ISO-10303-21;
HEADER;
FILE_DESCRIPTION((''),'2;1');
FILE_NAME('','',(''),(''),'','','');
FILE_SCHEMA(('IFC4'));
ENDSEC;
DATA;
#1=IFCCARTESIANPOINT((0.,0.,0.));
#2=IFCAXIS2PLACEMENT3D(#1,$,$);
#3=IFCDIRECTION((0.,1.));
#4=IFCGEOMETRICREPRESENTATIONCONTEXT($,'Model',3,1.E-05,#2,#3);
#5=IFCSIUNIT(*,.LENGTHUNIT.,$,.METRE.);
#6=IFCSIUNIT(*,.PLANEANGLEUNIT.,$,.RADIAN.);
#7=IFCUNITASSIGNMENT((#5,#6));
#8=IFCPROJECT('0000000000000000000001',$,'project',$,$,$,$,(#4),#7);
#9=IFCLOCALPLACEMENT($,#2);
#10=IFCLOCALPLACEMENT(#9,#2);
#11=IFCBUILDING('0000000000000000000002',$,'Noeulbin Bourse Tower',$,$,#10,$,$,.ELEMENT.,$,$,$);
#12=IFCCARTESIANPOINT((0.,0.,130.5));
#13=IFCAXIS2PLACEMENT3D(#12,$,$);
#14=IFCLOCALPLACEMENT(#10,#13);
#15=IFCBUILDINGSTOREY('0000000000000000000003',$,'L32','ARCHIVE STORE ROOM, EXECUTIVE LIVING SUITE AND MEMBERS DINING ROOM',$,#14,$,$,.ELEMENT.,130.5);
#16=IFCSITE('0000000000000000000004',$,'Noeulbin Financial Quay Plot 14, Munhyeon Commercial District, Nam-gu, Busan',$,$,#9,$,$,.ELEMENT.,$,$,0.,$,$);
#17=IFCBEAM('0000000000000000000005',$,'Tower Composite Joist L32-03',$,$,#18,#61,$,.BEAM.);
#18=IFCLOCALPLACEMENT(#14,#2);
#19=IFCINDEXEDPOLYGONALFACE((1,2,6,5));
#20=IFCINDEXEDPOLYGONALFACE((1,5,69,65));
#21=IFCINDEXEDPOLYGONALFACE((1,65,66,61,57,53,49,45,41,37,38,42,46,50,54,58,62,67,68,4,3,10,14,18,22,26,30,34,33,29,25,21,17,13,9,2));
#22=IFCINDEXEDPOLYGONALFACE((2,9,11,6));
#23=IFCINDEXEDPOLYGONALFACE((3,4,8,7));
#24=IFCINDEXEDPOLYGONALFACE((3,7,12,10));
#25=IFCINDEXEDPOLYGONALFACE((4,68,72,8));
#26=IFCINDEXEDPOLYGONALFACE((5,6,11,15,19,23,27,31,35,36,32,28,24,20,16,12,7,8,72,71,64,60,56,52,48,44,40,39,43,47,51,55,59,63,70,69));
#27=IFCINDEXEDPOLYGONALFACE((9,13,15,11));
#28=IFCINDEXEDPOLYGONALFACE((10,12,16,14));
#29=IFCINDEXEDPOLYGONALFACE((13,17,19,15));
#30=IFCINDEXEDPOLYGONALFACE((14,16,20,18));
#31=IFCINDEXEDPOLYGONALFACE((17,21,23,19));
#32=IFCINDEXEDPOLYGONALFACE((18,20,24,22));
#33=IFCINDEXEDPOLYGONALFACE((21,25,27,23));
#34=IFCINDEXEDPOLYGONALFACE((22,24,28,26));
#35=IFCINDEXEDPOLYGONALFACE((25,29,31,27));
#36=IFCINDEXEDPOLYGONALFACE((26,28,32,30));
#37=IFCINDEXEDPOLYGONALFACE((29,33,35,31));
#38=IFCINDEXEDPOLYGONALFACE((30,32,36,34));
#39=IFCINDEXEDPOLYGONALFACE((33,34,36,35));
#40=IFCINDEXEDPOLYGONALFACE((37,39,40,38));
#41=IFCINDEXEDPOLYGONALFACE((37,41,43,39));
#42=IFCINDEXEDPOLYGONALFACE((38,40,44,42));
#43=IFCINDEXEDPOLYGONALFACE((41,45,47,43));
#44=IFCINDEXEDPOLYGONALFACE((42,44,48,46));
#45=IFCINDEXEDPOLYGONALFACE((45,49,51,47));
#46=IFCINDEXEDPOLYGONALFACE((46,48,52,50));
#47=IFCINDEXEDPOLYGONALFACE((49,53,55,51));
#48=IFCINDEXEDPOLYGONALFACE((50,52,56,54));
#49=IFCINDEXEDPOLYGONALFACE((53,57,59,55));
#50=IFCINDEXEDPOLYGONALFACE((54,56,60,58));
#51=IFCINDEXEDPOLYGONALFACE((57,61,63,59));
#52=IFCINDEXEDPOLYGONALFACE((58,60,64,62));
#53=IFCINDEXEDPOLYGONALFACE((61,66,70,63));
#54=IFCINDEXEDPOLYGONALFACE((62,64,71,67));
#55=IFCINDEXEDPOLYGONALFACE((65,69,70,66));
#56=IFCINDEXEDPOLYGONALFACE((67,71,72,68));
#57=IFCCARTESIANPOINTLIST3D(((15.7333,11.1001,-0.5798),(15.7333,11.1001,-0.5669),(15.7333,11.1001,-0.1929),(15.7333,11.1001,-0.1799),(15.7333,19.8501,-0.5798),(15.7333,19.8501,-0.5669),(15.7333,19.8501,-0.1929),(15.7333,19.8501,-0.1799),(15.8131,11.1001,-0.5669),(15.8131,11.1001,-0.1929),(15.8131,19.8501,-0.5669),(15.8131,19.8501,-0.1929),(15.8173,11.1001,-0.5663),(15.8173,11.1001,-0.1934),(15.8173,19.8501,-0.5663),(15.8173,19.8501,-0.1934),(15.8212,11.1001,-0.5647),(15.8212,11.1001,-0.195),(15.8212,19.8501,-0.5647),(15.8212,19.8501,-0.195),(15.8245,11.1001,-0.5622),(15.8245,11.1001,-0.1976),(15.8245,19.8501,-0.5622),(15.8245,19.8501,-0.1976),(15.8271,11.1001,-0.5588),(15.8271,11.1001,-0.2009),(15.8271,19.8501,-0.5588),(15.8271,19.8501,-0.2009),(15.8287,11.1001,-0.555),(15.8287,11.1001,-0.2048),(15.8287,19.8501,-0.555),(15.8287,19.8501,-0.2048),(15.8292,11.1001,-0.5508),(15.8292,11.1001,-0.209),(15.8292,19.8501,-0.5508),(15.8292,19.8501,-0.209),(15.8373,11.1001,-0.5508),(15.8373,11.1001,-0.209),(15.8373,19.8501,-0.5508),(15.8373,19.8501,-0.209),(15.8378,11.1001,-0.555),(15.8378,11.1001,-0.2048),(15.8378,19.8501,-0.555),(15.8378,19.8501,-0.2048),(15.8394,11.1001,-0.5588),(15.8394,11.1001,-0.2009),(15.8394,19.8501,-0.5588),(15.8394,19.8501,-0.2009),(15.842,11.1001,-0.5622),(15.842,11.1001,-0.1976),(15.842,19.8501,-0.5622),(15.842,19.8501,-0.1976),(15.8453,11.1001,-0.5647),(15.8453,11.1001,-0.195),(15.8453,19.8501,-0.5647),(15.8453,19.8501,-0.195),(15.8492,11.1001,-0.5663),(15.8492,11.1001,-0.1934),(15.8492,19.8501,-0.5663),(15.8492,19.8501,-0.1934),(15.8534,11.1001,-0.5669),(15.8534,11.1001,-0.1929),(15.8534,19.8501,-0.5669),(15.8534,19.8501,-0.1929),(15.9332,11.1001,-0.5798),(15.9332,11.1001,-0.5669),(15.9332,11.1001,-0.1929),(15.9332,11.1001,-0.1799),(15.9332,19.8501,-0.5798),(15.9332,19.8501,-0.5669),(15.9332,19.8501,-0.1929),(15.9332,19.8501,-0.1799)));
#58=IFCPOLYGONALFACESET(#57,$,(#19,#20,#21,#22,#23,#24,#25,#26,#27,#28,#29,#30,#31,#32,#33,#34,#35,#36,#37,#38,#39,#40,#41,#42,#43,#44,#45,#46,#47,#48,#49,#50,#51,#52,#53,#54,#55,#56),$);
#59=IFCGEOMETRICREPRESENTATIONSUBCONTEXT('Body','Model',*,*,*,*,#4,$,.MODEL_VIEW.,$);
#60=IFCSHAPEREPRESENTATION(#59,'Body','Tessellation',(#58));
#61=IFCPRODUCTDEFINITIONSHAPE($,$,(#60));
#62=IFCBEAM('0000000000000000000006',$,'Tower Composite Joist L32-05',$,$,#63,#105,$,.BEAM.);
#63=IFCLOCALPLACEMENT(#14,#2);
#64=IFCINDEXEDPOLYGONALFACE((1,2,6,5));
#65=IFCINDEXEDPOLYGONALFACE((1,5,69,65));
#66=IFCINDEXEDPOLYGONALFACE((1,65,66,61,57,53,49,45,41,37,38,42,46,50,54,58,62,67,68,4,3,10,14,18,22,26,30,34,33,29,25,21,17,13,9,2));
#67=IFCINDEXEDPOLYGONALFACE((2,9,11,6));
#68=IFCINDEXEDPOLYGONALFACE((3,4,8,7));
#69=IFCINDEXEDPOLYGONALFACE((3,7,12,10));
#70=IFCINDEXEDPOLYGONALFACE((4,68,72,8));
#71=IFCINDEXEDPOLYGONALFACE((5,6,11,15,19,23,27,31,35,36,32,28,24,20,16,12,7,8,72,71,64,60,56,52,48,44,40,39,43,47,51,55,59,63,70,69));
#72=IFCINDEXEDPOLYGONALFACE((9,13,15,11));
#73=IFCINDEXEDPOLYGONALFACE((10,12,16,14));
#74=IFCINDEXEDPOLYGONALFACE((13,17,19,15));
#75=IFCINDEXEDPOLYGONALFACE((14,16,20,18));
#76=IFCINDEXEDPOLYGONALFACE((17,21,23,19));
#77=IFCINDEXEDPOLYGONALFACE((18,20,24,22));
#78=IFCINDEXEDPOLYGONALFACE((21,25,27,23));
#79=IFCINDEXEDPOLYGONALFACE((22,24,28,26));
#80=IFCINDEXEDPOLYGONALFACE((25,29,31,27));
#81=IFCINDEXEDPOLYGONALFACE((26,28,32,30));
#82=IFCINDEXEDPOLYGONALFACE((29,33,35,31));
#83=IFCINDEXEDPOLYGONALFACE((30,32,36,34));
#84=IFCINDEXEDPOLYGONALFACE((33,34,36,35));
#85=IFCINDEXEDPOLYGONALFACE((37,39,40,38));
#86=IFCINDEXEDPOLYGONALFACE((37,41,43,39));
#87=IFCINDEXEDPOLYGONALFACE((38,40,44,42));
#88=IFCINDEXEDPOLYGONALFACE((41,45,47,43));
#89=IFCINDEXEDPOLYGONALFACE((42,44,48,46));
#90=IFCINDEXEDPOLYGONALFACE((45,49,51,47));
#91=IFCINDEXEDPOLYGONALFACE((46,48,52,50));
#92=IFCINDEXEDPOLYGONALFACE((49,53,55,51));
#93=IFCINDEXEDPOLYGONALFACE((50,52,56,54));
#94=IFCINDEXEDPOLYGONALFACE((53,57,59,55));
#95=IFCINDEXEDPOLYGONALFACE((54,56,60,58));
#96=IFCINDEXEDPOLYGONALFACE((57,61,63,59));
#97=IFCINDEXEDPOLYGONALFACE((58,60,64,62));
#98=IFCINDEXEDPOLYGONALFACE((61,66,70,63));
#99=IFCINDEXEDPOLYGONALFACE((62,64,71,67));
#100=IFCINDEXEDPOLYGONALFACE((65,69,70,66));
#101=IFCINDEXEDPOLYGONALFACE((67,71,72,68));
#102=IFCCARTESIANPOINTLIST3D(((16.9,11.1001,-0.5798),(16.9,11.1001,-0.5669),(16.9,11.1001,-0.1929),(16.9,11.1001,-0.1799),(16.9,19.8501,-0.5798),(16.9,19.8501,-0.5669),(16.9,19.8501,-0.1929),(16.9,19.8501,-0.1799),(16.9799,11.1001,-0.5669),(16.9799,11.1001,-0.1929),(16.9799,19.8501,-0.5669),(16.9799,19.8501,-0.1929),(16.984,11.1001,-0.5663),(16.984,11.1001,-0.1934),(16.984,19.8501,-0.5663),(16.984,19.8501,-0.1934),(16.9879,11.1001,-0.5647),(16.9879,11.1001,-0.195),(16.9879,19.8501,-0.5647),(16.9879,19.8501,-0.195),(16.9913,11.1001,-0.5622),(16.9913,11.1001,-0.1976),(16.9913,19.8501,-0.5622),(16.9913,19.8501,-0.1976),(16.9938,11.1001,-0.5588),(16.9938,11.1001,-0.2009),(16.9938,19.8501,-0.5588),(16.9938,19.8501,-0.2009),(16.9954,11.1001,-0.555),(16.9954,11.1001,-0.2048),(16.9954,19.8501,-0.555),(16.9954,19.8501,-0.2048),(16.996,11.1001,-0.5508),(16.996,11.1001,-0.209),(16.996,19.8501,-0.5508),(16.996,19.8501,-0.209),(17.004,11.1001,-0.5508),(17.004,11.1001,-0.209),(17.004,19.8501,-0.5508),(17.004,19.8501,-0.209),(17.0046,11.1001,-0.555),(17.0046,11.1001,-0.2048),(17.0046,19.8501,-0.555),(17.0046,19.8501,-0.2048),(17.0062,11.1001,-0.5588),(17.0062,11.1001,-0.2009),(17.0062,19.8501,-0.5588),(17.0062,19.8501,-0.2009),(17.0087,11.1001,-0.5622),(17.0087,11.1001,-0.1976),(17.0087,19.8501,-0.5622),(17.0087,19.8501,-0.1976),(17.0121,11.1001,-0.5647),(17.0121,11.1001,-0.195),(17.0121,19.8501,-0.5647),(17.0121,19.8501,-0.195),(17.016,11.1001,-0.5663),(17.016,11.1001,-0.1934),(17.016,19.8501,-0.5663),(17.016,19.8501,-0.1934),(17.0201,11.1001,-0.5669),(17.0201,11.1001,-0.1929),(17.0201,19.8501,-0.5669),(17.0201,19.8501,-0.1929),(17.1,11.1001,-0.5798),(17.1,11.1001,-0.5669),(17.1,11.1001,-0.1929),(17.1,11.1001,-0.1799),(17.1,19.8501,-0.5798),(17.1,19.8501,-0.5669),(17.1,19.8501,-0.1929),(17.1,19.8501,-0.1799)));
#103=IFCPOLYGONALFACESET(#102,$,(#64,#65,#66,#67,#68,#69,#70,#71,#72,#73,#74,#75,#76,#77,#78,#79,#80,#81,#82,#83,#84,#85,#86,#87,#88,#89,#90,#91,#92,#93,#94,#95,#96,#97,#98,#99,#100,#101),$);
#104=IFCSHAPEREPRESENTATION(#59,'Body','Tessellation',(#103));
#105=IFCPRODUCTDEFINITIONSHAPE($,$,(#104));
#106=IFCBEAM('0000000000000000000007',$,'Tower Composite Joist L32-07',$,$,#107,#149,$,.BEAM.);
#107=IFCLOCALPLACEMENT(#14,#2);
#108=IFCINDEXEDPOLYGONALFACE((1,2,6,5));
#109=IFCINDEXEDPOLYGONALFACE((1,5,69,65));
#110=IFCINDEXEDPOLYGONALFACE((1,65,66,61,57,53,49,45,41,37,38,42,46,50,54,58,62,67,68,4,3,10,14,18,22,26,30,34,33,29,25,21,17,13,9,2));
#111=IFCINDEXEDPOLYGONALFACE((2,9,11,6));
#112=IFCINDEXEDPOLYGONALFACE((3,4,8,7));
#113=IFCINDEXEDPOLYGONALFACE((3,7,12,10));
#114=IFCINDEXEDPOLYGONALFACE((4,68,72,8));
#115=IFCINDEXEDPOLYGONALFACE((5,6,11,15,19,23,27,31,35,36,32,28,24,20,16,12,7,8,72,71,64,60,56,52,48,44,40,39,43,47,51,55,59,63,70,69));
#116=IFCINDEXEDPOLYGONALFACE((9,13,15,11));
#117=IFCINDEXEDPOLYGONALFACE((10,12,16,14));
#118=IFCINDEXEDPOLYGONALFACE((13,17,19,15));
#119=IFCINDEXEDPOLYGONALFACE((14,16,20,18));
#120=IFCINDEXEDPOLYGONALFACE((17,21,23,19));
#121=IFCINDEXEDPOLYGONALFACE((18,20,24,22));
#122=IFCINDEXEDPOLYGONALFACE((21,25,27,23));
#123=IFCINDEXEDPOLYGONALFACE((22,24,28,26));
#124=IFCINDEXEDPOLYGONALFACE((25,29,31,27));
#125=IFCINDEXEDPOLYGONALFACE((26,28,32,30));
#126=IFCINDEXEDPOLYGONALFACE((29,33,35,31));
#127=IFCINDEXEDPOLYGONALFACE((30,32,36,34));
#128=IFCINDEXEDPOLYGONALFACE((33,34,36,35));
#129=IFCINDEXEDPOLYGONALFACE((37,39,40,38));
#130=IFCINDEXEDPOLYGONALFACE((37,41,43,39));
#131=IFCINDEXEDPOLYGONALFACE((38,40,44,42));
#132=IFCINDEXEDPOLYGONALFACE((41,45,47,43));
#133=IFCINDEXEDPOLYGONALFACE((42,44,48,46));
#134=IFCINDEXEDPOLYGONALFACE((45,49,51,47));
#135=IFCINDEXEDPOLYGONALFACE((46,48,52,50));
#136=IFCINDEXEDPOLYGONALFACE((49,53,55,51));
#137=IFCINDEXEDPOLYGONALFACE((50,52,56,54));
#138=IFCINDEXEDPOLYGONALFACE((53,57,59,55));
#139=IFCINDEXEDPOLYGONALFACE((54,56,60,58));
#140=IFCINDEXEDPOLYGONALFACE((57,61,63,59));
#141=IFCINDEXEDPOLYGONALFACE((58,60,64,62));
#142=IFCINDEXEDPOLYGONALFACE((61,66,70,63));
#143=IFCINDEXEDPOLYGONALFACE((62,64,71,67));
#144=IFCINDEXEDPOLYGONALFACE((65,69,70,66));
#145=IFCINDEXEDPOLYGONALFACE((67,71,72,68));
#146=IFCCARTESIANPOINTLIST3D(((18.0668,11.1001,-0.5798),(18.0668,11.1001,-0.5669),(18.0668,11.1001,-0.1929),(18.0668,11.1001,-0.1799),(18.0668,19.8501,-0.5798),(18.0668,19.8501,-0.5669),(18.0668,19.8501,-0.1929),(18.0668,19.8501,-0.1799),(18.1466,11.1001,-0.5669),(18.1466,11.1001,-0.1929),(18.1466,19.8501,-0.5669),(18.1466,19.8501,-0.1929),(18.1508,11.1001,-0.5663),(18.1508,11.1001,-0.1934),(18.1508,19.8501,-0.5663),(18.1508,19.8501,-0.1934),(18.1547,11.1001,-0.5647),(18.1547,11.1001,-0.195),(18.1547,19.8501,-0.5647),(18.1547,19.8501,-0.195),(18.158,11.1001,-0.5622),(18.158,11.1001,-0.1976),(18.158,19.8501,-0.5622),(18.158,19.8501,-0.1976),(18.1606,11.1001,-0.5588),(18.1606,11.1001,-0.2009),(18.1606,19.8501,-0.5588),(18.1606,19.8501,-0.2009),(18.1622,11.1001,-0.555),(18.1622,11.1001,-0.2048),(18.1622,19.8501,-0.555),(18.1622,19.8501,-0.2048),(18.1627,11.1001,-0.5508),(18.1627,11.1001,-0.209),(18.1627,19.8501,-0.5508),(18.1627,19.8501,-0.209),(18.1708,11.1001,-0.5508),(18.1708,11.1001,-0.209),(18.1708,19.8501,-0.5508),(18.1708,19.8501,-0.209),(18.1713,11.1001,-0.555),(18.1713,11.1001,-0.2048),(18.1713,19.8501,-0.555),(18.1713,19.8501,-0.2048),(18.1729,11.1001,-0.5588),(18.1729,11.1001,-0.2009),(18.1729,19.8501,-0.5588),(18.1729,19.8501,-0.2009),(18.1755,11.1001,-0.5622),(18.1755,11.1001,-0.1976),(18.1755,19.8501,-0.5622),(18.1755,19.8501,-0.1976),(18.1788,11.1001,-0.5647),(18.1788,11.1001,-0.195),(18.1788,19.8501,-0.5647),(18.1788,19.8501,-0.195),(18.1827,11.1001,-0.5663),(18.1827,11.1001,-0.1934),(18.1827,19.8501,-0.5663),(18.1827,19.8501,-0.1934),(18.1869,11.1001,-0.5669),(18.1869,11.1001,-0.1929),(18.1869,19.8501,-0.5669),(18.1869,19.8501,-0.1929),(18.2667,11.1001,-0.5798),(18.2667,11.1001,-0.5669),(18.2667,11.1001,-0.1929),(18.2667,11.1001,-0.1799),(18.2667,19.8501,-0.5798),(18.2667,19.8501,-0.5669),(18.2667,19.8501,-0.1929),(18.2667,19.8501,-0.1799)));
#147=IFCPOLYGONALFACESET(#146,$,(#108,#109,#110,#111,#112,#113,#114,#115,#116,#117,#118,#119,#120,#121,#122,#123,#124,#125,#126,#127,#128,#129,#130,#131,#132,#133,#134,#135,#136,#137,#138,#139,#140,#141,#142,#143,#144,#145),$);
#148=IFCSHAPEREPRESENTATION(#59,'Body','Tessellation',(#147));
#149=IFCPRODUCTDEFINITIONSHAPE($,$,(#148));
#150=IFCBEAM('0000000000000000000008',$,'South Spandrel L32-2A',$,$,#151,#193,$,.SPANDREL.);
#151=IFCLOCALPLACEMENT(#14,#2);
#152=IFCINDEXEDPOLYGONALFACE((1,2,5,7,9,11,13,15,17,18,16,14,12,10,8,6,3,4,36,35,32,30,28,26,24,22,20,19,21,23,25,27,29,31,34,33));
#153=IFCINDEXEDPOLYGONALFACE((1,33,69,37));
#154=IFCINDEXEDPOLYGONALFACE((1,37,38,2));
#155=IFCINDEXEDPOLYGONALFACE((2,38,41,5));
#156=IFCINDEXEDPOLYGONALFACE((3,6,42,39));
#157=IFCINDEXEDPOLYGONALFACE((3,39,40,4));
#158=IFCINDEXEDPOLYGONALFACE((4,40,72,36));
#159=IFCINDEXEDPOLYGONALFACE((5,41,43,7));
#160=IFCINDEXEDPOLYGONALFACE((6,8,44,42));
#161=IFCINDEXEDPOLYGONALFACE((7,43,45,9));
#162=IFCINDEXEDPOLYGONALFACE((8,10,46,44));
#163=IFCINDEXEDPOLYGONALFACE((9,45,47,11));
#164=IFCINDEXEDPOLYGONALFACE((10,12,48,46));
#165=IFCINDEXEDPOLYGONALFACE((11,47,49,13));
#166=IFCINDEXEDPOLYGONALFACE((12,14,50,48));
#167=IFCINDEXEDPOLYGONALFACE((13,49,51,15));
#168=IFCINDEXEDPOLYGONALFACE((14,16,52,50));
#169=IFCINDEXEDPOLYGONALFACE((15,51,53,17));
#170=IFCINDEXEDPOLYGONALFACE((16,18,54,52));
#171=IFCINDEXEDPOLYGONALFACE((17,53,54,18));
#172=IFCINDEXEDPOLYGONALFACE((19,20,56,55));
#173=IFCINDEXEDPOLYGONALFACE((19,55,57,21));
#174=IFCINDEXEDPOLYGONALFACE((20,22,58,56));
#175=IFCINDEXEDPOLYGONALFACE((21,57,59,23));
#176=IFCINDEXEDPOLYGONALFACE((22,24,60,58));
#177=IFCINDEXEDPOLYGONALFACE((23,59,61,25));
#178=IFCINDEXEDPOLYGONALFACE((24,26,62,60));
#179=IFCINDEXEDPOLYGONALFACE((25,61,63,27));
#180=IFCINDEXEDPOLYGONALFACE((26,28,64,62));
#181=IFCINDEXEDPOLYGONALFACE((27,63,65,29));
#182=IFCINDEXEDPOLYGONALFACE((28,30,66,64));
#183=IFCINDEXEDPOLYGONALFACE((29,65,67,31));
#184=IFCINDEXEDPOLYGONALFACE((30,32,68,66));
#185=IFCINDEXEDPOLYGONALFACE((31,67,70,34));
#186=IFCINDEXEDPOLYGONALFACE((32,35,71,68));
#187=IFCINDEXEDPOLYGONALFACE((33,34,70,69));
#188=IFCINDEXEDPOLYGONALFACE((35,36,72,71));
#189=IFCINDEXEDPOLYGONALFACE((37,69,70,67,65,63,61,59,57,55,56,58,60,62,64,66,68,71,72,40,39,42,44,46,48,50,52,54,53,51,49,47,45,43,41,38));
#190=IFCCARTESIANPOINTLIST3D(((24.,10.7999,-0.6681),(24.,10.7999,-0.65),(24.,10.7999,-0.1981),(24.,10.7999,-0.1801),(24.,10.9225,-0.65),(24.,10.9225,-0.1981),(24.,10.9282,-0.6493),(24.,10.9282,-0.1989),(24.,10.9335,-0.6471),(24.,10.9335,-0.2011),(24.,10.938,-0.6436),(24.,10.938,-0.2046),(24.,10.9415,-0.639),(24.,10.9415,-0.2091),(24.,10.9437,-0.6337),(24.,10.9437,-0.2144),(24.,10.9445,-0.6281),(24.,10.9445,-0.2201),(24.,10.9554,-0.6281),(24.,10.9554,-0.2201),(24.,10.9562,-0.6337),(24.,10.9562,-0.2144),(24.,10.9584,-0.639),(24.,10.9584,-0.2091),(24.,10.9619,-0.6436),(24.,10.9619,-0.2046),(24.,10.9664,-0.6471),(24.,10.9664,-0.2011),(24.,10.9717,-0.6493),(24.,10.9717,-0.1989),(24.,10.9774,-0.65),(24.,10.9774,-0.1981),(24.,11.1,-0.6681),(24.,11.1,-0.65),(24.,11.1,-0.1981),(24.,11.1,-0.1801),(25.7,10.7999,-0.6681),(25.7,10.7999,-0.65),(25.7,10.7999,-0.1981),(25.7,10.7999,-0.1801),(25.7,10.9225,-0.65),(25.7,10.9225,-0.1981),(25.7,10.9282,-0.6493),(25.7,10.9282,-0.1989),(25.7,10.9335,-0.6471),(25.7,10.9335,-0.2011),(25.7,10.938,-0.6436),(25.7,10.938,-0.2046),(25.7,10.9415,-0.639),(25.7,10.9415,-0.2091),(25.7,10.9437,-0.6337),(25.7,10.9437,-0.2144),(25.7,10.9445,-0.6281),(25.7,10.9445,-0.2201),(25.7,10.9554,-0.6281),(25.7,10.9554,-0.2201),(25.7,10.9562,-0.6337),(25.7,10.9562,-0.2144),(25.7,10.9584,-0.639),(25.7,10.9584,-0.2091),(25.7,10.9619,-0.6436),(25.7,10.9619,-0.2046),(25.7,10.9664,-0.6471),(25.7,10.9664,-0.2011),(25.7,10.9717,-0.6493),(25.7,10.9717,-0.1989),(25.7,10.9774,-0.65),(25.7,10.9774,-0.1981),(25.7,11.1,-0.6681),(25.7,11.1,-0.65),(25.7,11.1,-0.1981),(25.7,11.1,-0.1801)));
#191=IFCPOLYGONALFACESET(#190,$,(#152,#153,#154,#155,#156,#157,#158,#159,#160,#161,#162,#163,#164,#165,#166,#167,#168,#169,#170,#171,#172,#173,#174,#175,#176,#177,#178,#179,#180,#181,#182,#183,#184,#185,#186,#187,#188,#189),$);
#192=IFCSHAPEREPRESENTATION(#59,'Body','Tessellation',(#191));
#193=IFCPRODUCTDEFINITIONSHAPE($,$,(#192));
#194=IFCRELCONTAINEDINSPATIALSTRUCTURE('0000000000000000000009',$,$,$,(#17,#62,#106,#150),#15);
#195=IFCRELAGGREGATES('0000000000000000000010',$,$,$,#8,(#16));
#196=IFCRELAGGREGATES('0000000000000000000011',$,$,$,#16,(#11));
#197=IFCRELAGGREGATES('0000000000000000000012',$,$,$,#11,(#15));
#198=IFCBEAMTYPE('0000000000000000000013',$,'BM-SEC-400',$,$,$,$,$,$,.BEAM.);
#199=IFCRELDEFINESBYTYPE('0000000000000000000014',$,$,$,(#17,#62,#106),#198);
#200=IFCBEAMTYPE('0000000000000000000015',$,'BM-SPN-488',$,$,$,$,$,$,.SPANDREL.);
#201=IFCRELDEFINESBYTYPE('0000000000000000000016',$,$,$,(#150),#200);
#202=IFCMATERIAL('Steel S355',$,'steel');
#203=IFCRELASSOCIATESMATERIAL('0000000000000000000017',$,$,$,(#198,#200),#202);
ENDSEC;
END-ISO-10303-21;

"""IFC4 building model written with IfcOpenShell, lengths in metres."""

from ifc_helpers import new_model, si_unit, direction, frame, origin, origin_2d, place, context, subcontext, project, spatial, i_section, extrude, material, material_profile, profile_set, type_object, element, save


model = new_model("IFC4")

# Units and contexts
model_context = context("Model", 3, precision=1e-05, world=origin(), true_north=direction((0.0, 1.0)))
body_context = subcontext(model_context, "Body", "Model", "MODEL_VIEW")
ifc_project = project(units=[si_unit("LENGTHUNIT", "METRE"), si_unit("PLANEANGLEUNIT", "RADIAN")], contexts=[model_context])

# Site, building, storey
site_placement = place(None, origin())
site = spatial("IfcSite", under=ifc_project, at=site_placement, Name="Noeulbin Financial Quay Plot 14, Munhyeon Commercial District, Nam-gu, Busan", CompositionType="ELEMENT", RefElevation=0.0)
building_placement = place(site_placement, origin())
building = spatial("IfcBuilding", under=site, at=building_placement, Name="Noeulbin Bourse Tower", CompositionType="ELEMENT")
storey_placement = place(building_placement, frame((0.0, 0.0, 130.5)))
storey = spatial("IfcBuildingStorey", under=building, at=storey_placement, Name="L32", Description="ARCHIVE STORE ROOM, EXECUTIVE LIVING SUITE AND MEMBERS DINING ROOM", CompositionType="ELEMENT", Elevation=130.5)

# Shared definitions
ifc_material_1 = material(Name="Steel S355", Category="steel")

# Beams
ifc_material_profile_1 = material_profile(ifc_material_1, i_section(OverallWidth=0.2, OverallDepth=0.3999, WebThickness=0.0081, FlangeThickness=0.0129, FilletRadius=0.0161, at=origin_2d()), Name="H-400x200x8x13", Category="LoadBearing")
ifc_profile_set_1 = profile_set([ifc_material_profile_1], Name="Steel S355")
beam_type_1 = type_object("IfcBeamType", Name="BM-SEC-400", PredefinedType="BEAM", material=ifc_profile_set_1)
for number, where, z_axis, x_axis, name in (
    (1, (15.8333, 11.1001, -0.3799), (0.0, 1.0, 0.0), (-1.0, 0.0, 0.0), "Tower Composite Joist L32-03"),
    (2, (17.0, 11.1001, -0.3799), (0.0, 1.0, 0.0), (-1.0, 0.0, 0.0), "Tower Composite Joist L32-05"),
    (3, (18.1667, 11.1001, -0.3799), (0.0, 1.0, 0.0), (-1.0, 0.0, 0.0), "Tower Composite Joist L32-07"),
):
    element("IfcBeam", number, at=place(storey_placement, frame(where, z_axis=z_axis, x_axis=x_axis)), inside=storey, type_object=beam_type_1, Name=name, PredefinedType="BEAM", context=body_context, shape_type="SweptSolid", body=[
        extrude(i_section(OverallWidth=0.2, OverallDepth=0.3999, WebThickness=0.0081, FlangeThickness=0.0129, FilletRadius=0.0161, at=origin_2d()), origin(), (0.0, 0.0, 1.0), 8.75),
    ])
ifc_material_profile_2 = material_profile(ifc_material_1, i_section(OverallWidth=0.3, OverallDepth=0.488, WebThickness=0.011, FlangeThickness=0.0181, FilletRadius=0.022, at=origin_2d()), Name="H-488x300x11x18", Category="LoadBearing")
ifc_profile_set_2 = profile_set([ifc_material_profile_2], Name="Steel S355")
beam_type_2 = type_object("IfcBeamType", Name="BM-SPN-488", PredefinedType="SPANDREL", material=ifc_profile_set_2)
beam_1_placement = place(storey_placement, frame((24.0, 10.95, -0.4241), z_axis=(1.0, 0.0, 0.0), x_axis=(0.0, 1.0, 0.0)))
element("IfcBeam", 4, at=beam_1_placement, inside=storey, type_object=beam_type_2, Name="South Spandrel L32-2A", PredefinedType="SPANDREL", context=body_context, shape_type="SweptSolid", body=[
    extrude(i_section(OverallWidth=0.3, OverallDepth=0.488, WebThickness=0.011, FlangeThickness=0.0181, FilletRadius=0.022, at=origin_2d()), origin(), (0.0, 0.0, 1.0), 1.7),
])

save(model, "model.ifc")
